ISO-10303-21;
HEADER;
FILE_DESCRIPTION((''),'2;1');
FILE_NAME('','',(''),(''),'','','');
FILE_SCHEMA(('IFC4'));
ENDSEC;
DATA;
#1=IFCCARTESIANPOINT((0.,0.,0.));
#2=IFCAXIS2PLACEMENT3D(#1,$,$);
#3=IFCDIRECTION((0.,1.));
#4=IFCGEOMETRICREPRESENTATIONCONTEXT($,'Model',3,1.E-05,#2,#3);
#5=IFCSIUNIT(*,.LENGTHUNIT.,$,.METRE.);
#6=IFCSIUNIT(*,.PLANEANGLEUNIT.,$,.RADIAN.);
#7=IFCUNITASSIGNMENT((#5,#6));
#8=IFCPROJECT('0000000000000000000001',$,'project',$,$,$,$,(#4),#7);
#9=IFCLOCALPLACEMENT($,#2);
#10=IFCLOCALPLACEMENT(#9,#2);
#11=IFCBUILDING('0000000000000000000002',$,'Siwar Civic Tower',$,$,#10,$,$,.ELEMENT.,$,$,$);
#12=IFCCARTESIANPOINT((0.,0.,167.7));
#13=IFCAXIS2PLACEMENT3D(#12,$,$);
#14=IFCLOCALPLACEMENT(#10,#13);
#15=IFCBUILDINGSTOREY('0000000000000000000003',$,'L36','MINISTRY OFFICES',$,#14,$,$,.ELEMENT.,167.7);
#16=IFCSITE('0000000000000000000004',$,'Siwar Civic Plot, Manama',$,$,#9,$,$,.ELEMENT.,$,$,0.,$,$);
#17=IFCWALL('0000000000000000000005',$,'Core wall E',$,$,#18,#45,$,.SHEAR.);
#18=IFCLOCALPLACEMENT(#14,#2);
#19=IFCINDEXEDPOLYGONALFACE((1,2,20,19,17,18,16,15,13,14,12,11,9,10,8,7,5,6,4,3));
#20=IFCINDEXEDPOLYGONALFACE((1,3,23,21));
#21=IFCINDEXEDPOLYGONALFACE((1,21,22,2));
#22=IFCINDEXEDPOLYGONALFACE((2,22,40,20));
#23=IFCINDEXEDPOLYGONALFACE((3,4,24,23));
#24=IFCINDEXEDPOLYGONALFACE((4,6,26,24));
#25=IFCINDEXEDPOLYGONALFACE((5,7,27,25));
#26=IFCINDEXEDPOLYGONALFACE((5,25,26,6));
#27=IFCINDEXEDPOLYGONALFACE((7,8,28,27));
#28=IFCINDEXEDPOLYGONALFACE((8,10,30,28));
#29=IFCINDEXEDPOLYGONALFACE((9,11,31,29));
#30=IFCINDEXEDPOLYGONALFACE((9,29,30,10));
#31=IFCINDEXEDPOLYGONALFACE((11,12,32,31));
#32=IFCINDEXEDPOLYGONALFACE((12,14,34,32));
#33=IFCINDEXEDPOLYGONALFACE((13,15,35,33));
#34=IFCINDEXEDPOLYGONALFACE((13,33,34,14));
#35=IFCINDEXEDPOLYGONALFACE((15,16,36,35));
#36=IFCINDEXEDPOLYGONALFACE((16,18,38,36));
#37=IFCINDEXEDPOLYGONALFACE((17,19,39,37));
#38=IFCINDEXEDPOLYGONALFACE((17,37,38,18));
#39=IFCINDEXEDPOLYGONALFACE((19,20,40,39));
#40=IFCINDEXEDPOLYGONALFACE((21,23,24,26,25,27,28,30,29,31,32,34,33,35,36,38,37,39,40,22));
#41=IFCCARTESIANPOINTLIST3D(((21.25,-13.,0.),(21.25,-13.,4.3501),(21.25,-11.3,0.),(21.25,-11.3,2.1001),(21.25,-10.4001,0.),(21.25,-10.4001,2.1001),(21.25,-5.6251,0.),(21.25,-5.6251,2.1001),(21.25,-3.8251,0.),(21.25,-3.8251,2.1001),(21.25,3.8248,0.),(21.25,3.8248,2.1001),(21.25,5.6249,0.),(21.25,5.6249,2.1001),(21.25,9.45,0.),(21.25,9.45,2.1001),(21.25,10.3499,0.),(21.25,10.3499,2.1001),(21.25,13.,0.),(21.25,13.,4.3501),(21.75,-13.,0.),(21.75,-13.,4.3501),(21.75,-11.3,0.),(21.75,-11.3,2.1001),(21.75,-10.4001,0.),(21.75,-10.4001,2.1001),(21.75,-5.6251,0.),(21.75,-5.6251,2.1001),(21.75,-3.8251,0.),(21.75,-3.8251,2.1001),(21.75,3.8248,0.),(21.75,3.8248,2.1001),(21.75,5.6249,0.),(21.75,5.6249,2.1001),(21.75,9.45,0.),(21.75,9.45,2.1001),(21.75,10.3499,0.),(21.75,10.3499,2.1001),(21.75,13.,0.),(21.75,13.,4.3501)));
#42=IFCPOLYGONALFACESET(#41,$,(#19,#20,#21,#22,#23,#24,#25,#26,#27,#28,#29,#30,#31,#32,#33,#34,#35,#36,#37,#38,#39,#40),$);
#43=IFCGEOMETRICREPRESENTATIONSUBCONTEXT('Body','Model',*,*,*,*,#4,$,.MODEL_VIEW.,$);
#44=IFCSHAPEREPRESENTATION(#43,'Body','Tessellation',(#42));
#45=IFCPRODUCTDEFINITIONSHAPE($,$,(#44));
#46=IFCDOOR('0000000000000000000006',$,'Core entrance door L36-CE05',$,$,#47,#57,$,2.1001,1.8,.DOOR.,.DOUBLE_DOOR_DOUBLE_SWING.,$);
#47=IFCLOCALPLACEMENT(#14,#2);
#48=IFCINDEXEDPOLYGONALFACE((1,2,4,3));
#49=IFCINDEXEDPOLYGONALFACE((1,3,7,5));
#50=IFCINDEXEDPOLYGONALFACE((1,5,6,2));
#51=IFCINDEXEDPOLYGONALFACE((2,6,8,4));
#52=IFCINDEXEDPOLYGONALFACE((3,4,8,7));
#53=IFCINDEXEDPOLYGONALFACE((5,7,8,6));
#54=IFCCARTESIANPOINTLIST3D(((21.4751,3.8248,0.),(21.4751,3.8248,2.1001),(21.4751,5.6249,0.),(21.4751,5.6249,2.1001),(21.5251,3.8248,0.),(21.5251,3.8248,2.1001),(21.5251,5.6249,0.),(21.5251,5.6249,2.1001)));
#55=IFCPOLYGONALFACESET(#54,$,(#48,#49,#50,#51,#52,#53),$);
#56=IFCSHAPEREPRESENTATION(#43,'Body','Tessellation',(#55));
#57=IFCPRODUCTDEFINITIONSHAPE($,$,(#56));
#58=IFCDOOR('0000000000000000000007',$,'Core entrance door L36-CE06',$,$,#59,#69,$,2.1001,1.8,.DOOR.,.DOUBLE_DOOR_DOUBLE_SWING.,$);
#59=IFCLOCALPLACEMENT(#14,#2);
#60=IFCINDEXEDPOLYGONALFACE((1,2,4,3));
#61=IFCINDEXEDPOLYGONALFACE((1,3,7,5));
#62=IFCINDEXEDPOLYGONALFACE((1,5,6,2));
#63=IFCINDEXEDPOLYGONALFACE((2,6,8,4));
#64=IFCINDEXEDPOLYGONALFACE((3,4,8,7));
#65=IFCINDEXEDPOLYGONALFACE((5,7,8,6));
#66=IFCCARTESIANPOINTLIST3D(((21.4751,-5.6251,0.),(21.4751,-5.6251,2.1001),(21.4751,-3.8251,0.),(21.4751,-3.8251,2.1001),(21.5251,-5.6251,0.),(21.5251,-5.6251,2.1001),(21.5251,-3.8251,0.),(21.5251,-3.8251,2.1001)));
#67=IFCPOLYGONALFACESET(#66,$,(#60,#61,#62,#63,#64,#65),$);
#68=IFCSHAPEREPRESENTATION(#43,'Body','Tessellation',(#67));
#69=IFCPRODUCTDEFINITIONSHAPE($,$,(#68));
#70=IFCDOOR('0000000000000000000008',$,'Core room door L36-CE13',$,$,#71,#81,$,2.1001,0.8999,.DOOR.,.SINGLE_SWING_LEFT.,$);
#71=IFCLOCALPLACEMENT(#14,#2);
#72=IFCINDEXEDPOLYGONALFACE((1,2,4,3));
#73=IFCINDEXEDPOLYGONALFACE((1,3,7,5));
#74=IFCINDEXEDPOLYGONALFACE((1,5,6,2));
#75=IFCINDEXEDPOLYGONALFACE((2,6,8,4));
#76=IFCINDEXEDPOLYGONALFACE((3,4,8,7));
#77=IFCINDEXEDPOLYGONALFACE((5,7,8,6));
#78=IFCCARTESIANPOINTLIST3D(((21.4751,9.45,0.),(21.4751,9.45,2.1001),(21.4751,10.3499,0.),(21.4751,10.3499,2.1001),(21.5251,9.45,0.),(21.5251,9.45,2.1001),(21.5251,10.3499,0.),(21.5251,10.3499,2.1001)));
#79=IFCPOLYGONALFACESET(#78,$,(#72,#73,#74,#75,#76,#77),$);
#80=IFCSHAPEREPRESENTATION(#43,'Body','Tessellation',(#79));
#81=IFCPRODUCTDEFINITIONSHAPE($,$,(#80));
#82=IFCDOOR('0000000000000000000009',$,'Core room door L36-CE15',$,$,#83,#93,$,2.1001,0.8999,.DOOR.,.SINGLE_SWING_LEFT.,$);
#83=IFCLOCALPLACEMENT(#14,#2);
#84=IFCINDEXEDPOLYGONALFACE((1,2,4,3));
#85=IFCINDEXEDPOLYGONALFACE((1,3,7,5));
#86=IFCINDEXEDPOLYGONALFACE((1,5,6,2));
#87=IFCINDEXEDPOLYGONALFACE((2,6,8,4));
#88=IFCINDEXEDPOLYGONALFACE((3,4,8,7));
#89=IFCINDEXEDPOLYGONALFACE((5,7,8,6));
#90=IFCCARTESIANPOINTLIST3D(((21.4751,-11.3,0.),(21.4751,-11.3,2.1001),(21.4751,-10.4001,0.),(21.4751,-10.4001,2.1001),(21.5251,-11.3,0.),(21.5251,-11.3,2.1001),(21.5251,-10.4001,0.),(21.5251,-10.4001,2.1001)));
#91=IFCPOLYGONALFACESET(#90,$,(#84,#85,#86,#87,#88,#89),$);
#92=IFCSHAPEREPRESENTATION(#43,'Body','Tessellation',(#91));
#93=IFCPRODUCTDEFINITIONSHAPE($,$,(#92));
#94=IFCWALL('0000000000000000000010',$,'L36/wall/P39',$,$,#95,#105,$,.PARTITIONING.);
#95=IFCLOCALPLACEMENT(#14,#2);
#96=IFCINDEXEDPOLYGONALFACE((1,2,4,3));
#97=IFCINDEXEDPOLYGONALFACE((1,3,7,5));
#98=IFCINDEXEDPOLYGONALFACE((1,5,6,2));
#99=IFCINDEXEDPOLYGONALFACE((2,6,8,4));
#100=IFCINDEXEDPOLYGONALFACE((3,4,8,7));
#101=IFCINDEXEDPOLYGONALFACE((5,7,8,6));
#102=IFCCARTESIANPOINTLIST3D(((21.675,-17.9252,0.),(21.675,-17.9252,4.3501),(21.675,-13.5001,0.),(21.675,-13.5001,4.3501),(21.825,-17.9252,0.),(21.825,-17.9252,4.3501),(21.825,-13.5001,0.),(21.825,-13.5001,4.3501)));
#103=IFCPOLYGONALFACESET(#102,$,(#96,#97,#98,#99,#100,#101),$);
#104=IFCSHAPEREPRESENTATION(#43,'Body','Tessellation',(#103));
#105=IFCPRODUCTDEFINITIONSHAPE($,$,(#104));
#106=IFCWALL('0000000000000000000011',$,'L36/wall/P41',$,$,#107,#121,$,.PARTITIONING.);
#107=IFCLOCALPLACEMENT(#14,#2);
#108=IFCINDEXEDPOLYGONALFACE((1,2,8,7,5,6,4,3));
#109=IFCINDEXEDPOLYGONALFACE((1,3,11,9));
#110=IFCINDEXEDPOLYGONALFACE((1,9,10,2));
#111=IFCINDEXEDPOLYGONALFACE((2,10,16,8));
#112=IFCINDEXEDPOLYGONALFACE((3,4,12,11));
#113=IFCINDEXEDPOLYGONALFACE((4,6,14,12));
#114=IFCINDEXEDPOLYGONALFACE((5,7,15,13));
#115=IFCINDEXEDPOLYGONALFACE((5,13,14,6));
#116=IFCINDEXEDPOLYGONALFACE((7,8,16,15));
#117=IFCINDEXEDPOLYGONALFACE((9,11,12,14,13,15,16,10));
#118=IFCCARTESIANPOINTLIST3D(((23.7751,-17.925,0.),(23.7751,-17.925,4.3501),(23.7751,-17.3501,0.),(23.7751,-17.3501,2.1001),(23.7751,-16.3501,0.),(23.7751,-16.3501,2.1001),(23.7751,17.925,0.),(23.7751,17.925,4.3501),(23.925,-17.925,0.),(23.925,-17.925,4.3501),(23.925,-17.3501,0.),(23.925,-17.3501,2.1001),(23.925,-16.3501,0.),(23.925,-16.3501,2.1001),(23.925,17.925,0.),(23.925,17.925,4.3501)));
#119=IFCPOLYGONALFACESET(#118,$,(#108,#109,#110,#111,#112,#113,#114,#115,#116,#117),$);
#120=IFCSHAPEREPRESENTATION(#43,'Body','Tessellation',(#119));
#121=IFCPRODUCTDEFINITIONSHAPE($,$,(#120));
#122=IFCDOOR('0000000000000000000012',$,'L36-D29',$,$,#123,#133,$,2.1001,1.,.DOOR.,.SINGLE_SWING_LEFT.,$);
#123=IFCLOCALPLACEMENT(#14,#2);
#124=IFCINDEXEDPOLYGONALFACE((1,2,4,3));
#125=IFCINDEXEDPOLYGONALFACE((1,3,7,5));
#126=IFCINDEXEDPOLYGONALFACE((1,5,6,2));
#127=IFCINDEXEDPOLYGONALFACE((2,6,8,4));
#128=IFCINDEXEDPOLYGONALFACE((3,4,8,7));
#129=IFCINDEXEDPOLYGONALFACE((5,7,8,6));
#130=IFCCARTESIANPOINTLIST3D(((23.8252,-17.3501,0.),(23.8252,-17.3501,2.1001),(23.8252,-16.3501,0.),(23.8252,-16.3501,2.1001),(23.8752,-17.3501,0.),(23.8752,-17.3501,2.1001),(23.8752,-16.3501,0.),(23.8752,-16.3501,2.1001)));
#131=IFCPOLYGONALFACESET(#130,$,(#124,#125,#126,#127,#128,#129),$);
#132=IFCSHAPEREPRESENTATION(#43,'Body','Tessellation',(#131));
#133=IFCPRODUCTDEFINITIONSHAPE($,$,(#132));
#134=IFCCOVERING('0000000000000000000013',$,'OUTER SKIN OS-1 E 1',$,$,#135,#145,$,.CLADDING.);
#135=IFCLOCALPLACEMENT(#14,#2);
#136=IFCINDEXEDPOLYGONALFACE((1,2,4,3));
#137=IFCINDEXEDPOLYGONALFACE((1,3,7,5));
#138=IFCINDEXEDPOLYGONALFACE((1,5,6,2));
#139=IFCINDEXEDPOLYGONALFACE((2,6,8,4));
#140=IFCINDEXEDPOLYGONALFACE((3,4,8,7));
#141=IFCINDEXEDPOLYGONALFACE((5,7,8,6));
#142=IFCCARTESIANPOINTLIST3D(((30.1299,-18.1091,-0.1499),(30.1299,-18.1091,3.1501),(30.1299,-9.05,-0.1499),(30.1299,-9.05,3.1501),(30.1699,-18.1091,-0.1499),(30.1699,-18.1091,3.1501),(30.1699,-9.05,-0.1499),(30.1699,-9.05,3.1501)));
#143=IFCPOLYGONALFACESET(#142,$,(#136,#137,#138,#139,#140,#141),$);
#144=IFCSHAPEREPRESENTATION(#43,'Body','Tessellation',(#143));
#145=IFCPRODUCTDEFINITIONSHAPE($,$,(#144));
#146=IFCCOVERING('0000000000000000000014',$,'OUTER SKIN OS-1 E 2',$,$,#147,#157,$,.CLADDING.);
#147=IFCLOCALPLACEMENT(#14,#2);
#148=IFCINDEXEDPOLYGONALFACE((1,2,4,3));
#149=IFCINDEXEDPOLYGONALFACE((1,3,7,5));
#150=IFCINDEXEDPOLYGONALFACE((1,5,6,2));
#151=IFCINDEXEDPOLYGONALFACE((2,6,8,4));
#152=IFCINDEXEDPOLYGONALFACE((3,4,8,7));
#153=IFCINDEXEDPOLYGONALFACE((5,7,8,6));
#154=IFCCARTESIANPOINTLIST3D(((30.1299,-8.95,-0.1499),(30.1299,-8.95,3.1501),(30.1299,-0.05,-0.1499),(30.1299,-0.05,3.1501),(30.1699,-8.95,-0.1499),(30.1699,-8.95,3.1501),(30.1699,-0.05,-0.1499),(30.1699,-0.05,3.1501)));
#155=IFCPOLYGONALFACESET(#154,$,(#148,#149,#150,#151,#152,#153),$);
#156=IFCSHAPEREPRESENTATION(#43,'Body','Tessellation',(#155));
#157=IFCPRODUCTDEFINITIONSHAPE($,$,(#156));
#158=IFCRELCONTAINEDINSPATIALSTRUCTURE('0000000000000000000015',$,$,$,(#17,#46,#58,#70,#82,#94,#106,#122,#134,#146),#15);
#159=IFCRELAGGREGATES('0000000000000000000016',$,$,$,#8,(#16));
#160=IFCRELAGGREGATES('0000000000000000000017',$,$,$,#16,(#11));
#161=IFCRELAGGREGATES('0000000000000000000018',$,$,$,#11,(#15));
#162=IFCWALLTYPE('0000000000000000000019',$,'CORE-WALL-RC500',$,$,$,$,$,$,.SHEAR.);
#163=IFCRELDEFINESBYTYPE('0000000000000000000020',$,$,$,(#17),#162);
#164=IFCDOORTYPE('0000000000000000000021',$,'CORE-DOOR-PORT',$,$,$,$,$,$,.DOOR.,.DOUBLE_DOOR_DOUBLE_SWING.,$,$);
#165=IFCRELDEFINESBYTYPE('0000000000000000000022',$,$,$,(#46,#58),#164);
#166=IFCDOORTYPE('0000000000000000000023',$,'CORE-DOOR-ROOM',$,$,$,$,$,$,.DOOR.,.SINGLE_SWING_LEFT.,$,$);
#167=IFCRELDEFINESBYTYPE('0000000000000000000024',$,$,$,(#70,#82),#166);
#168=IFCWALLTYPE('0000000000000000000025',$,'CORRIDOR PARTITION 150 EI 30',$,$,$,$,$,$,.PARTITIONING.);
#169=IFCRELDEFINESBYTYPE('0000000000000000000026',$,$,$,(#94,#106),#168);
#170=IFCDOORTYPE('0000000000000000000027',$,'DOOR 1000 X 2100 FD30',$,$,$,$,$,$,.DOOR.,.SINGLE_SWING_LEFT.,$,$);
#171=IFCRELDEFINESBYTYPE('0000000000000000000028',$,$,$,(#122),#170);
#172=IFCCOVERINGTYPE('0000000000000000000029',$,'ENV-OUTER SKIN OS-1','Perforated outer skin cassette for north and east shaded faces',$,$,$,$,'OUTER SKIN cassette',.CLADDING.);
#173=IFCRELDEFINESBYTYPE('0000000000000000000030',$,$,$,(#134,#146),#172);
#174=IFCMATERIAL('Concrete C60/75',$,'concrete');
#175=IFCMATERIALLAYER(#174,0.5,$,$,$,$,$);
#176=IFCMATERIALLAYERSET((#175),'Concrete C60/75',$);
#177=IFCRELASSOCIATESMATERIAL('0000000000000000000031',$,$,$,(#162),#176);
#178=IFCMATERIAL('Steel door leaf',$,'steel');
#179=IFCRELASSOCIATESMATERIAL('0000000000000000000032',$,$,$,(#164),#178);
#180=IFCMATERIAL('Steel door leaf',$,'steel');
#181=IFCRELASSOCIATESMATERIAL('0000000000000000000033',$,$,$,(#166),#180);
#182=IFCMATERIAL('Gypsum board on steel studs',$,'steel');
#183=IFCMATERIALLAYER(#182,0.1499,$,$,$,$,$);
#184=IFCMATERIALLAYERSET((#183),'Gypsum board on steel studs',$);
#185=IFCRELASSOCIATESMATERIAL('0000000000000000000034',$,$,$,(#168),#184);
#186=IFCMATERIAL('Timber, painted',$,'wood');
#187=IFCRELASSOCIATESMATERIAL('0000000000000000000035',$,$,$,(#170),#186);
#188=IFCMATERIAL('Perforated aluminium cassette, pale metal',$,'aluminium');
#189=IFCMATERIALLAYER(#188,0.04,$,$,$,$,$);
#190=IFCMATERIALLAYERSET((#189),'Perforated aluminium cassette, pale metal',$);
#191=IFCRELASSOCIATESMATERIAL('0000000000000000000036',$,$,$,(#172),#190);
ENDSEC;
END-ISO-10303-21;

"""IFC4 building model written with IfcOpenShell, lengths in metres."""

from ifc_helpers import new_model, si_unit, direction, frame, frame_2d, origin, origin_2d, place, context, subcontext, project, spatial, rectangle, extrude, material, layer, layer_set, type_object, element, fill, save


model = new_model("IFC4")

# Units and contexts
model_context = context("Model", 3, precision=1e-05, world=origin(), true_north=direction((0.0, 1.0)))
body_context = subcontext(model_context, "Body", "Model", "MODEL_VIEW")
ifc_project = project(units=[si_unit("LENGTHUNIT", "METRE"), si_unit("PLANEANGLEUNIT", "RADIAN")], contexts=[model_context])

# Site, building, storey
site_placement = place(None, origin())
site = spatial("IfcSite", under=ifc_project, at=site_placement, Name="Siwar Civic Plot, Manama", CompositionType="ELEMENT", RefElevation=0.0)
building_placement = place(site_placement, origin())
building = spatial("IfcBuilding", under=site, at=building_placement, Name="Siwar Civic Tower", CompositionType="ELEMENT")
storey_placement = place(building_placement, frame((0.0, 0.0, 167.7)))
storey = spatial("IfcBuildingStorey", under=building, at=storey_placement, Name="L36", Description="MINISTRY OFFICES", CompositionType="ELEMENT", Elevation=167.7)

# Wall, openings, doors
ifc_material_1 = material(Name="Concrete C60/75", Category="concrete")
ifc_layer_1 = layer(ifc_material_1, 0.5)
ifc_layer_set_1 = layer_set([ifc_layer_1], Name="Concrete C60/75")
wall_type_1 = type_object("IfcWallType", Name="CORE-WALL-RC500", PredefinedType="SHEAR", material=ifc_layer_set_1)
wall_1_placement = place(storey_placement, frame((21.5, -13.0, 0.0), z_axis=(0.0, 0.0, 1.0), x_axis=(0.0, 1.0, 0.0)))
wall_1 = element("IfcWall", 1, at=wall_1_placement, inside=storey, type_object=wall_type_1, Name="Core wall E", PredefinedType="SHEAR", context=body_context, shape_type="SweptSolid", body=[
    extrude(rectangle(XDim=26.0, YDim=0.5, at=frame_2d((13.0, 0.0))), origin(), (0.0, 0.0, 1.0), 4.3501),
])
opening_1_placement = place(wall_1_placement, frame((16.825, 0.0, 0.0)))
opening_1 = element("IfcOpeningElement", 2, at=opening_1_placement, cuts=wall_1, PredefinedType="OPENING", context=body_context, shape_type="SweptSolid", body=[
    extrude(rectangle(XDim=1.8, YDim=2.1001, at=frame_2d((0.8999, 1.05))), frame((0.0, 0.26, 0.0), z_axis=(0.0, -1.0, 0.0), x_axis=(1.0, 0.0, 0.0)), (0.0, 0.0, 1.0), 0.52),
])
opening_2_placement = place(wall_1_placement, frame((7.375, 0.0, 0.0)))
opening_2 = element("IfcOpeningElement", 3, at=opening_2_placement, cuts=wall_1, PredefinedType="OPENING", context=body_context, shape_type="SweptSolid", body=[
    extrude(rectangle(XDim=1.8, YDim=2.1001, at=frame_2d((0.8999, 1.05))), frame((0.0, 0.26, 0.0), z_axis=(0.0, -1.0, 0.0), x_axis=(1.0, 0.0, 0.0)), (0.0, 0.0, 1.0), 0.52),
])
opening_3_placement = place(wall_1_placement, frame((22.45, 0.0, 0.0)))
opening_3 = element("IfcOpeningElement", 4, at=opening_3_placement, cuts=wall_1, PredefinedType="OPENING", context=body_context, shape_type="SweptSolid", body=[
    extrude(rectangle(XDim=0.8999, YDim=2.1001, at=frame_2d((0.45, 1.05))), frame((0.0, 0.26, 0.0), z_axis=(0.0, -1.0, 0.0), x_axis=(1.0, 0.0, 0.0)), (0.0, 0.0, 1.0), 0.52),
])
opening_4_placement = place(wall_1_placement, frame((1.7, 0.0, 0.0)))
opening_4 = element("IfcOpeningElement", 5, at=opening_4_placement, cuts=wall_1, PredefinedType="OPENING", context=body_context, shape_type="SweptSolid", body=[
    extrude(rectangle(XDim=0.8999, YDim=2.1001, at=frame_2d((0.45, 1.05))), frame((0.0, 0.26, 0.0), z_axis=(0.0, -1.0, 0.0), x_axis=(1.0, 0.0, 0.0)), (0.0, 0.0, 1.0), 0.52),
])
ifc_material_2 = material(Name="Steel door leaf", Category="steel")
door_type_1 = type_object("IfcDoorType", Name="CORE-DOOR-PORT", OperationType="DOUBLE_DOOR_DOUBLE_SWING", PredefinedType="DOOR", material=ifc_material_2)
door_1_placement = place(opening_1_placement, origin())
door_1 = element("IfcDoor", 6, at=door_1_placement, inside=storey, type_object=door_type_1, Name="Core entrance door L36-CE05", OperationType="DOUBLE_DOOR_DOUBLE_SWING", OverallHeight=2.1001, OverallWidth=1.8, PredefinedType="DOOR", context=body_context, shape_type="SweptSolid", body=[
    extrude(rectangle(XDim=1.8, YDim=2.1001, at=frame_2d((0.8999, 1.05))), frame((0.0, 0.0249, 0.0), z_axis=(0.0, -1.0, 0.0), x_axis=(1.0, 0.0, 0.0)), (0.0, 0.0, 1.0), 0.05),
])
fill(opening_1, door_1)
door_2_placement = place(opening_2_placement, origin())
door_2 = element("IfcDoor", 7, at=door_2_placement, inside=storey, type_object=door_type_1, Name="Core entrance door L36-CE06", OperationType="DOUBLE_DOOR_DOUBLE_SWING", OverallHeight=2.1001, OverallWidth=1.8, PredefinedType="DOOR", context=body_context, shape_type="SweptSolid", body=[
    extrude(rectangle(XDim=1.8, YDim=2.1001, at=frame_2d((0.8999, 1.05))), frame((0.0, 0.0249, 0.0), z_axis=(0.0, -1.0, 0.0), x_axis=(1.0, 0.0, 0.0)), (0.0, 0.0, 1.0), 0.05),
])
fill(opening_2, door_2)
ifc_material_3 = material(Name="Steel door leaf", Category="steel")
door_type_2 = type_object("IfcDoorType", Name="CORE-DOOR-ROOM", OperationType="SINGLE_SWING_LEFT", PredefinedType="DOOR", material=ifc_material_3)
door_3_placement = place(opening_3_placement, origin())
door_3 = element("IfcDoor", 8, at=door_3_placement, inside=storey, type_object=door_type_2, Name="Core room door L36-CE13", OperationType="SINGLE_SWING_LEFT", OverallHeight=2.1001, OverallWidth=0.8999, PredefinedType="DOOR", context=body_context, shape_type="SweptSolid", body=[
    extrude(rectangle(XDim=0.8999, YDim=2.1001, at=frame_2d((0.45, 1.05))), frame((0.0, 0.0249, 0.0), z_axis=(0.0, -1.0, 0.0), x_axis=(1.0, 0.0, 0.0)), (0.0, 0.0, 1.0), 0.05),
])
fill(opening_3, door_3)
door_4_placement = place(opening_4_placement, origin())
door_4 = element("IfcDoor", 9, at=door_4_placement, inside=storey, type_object=door_type_2, Name="Core room door L36-CE15", OperationType="SINGLE_SWING_LEFT", OverallHeight=2.1001, OverallWidth=0.8999, PredefinedType="DOOR", context=body_context, shape_type="SweptSolid", body=[
    extrude(rectangle(XDim=0.8999, YDim=2.1001, at=frame_2d((0.45, 1.05))), frame((0.0, 0.0249, 0.0), z_axis=(0.0, -1.0, 0.0), x_axis=(1.0, 0.0, 0.0)), (0.0, 0.0, 1.0), 0.05),
])
fill(opening_4, door_4)

# Wall
ifc_material_4 = material(Name="Gypsum board on steel studs", Category="steel")
ifc_layer_2 = layer(ifc_material_4, 0.1499)
ifc_layer_set_2 = layer_set([ifc_layer_2], Name="Gypsum board on steel studs")
wall_type_2 = type_object("IfcWallType", Name="CORRIDOR PARTITION 150 EI 30", PredefinedType="PARTITIONING", material=ifc_layer_set_2)
wall_2_placement = place(storey_placement, frame((21.75, -17.925, 0.0), z_axis=(0.0, 0.0, 1.0), x_axis=(0.0, 1.0, 0.0)))
element("IfcWall", 10, at=wall_2_placement, inside=storey, type_object=wall_type_2, Name="L36/wall/P39", PredefinedType="PARTITIONING", context=body_context, shape_type="SweptSolid", body=[
    extrude(rectangle(XDim=4.425, YDim=0.1499, at=frame_2d((2.2124, 0.0))), origin(), (0.0, 0.0, 1.0), 4.3501),
])

# Wall, opening, door
wall_3_placement = place(storey_placement, frame((23.8501, -17.925, 0.0), z_axis=(0.0, 0.0, 1.0), x_axis=(0.0, 1.0, 0.0)))
wall_3 = element("IfcWall", 11, at=wall_3_placement, inside=storey, type_object=wall_type_2, Name="L36/wall/P41", PredefinedType="PARTITIONING", context=body_context, shape_type="SweptSolid", body=[
    extrude(rectangle(XDim=35.8501, YDim=0.1499, at=frame_2d((17.925, 0.0))), origin(), (0.0, 0.0, 1.0), 4.3501),
])
opening_5_placement = place(wall_3_placement, frame((0.575, 0.0, 0.0)))
opening_5 = element("IfcOpeningElement", 12, at=opening_5_placement, cuts=wall_3, PredefinedType="OPENING", context=body_context, shape_type="SweptSolid", body=[
    extrude(rectangle(XDim=1.0, YDim=2.1001, at=frame_2d((0.5, 1.05))), frame((0.0, 0.085, 0.0), z_axis=(0.0, -1.0, 0.0), x_axis=(1.0, 0.0, 0.0)), (0.0, 0.0, 1.0), 0.1699),
])
ifc_material_5 = material(Name="Timber, painted", Category="wood")
door_type_3 = type_object("IfcDoorType", Name="DOOR 1000 X 2100 FD30", OperationType="SINGLE_SWING_LEFT", PredefinedType="DOOR", material=ifc_material_5)
door_5_placement = place(opening_5_placement, origin())
door_5 = element("IfcDoor", 13, at=door_5_placement, inside=storey, type_object=door_type_3, Name="L36-D29", OperationType="SINGLE_SWING_LEFT", OverallHeight=2.1001, OverallWidth=1.0, PredefinedType="DOOR", context=body_context, shape_type="SweptSolid", body=[
    extrude(rectangle(XDim=1.0, YDim=2.1001, at=frame_2d((0.5, 1.05))), frame((0.0, 0.0249, 0.0), z_axis=(0.0, -1.0, 0.0), x_axis=(1.0, 0.0, 0.0)), (0.0, 0.0, 1.0), 0.05),
])
fill(opening_5, door_5)

# Coverings
ifc_material_6 = material(Name="Perforated aluminium cassette, pale metal", Category="aluminium")
ifc_layer_3 = layer(ifc_material_6, 0.04)
ifc_layer_set_3 = layer_set([ifc_layer_3], Name="Perforated aluminium cassette, pale metal")
covering_type = type_object("IfcCoveringType", Name="ENV-OUTER SKIN OS-1", Description="Perforated outer skin cassette for north and east shaded faces", ElementType="OUTER SKIN cassette", PredefinedType="CLADDING", material=ifc_layer_set_3)
covering_1_placement = place(storey_placement, frame((30.1499, -13.5796, -0.1499), z_axis=(0.0, 0.0, 1.0), x_axis=(0.0, 1.0, 0.0)))
element("IfcCovering", 14, at=covering_1_placement, inside=storey, type_object=covering_type, Name="OUTER SKIN OS-1 E 1", PredefinedType="CLADDING", context=body_context, shape_type="SweptSolid", body=[
    extrude(rectangle(XDim=9.0591, YDim=0.04, at=origin_2d()), origin(), (0.0, 0.0, 1.0), 3.3),
])
covering_2_placement = place(storey_placement, frame((30.1499, -4.5, -0.1499), z_axis=(0.0, 0.0, 1.0), x_axis=(0.0, 1.0, 0.0)))
element("IfcCovering", 15, at=covering_2_placement, inside=storey, type_object=covering_type, Name="OUTER SKIN OS-1 E 2", PredefinedType="CLADDING", context=body_context, shape_type="SweptSolid", body=[
    extrude(rectangle(XDim=8.8999, YDim=0.04, at=origin_2d()), origin(), (0.0, 0.0, 1.0), 3.3),
])

save(model, "model.ifc")
